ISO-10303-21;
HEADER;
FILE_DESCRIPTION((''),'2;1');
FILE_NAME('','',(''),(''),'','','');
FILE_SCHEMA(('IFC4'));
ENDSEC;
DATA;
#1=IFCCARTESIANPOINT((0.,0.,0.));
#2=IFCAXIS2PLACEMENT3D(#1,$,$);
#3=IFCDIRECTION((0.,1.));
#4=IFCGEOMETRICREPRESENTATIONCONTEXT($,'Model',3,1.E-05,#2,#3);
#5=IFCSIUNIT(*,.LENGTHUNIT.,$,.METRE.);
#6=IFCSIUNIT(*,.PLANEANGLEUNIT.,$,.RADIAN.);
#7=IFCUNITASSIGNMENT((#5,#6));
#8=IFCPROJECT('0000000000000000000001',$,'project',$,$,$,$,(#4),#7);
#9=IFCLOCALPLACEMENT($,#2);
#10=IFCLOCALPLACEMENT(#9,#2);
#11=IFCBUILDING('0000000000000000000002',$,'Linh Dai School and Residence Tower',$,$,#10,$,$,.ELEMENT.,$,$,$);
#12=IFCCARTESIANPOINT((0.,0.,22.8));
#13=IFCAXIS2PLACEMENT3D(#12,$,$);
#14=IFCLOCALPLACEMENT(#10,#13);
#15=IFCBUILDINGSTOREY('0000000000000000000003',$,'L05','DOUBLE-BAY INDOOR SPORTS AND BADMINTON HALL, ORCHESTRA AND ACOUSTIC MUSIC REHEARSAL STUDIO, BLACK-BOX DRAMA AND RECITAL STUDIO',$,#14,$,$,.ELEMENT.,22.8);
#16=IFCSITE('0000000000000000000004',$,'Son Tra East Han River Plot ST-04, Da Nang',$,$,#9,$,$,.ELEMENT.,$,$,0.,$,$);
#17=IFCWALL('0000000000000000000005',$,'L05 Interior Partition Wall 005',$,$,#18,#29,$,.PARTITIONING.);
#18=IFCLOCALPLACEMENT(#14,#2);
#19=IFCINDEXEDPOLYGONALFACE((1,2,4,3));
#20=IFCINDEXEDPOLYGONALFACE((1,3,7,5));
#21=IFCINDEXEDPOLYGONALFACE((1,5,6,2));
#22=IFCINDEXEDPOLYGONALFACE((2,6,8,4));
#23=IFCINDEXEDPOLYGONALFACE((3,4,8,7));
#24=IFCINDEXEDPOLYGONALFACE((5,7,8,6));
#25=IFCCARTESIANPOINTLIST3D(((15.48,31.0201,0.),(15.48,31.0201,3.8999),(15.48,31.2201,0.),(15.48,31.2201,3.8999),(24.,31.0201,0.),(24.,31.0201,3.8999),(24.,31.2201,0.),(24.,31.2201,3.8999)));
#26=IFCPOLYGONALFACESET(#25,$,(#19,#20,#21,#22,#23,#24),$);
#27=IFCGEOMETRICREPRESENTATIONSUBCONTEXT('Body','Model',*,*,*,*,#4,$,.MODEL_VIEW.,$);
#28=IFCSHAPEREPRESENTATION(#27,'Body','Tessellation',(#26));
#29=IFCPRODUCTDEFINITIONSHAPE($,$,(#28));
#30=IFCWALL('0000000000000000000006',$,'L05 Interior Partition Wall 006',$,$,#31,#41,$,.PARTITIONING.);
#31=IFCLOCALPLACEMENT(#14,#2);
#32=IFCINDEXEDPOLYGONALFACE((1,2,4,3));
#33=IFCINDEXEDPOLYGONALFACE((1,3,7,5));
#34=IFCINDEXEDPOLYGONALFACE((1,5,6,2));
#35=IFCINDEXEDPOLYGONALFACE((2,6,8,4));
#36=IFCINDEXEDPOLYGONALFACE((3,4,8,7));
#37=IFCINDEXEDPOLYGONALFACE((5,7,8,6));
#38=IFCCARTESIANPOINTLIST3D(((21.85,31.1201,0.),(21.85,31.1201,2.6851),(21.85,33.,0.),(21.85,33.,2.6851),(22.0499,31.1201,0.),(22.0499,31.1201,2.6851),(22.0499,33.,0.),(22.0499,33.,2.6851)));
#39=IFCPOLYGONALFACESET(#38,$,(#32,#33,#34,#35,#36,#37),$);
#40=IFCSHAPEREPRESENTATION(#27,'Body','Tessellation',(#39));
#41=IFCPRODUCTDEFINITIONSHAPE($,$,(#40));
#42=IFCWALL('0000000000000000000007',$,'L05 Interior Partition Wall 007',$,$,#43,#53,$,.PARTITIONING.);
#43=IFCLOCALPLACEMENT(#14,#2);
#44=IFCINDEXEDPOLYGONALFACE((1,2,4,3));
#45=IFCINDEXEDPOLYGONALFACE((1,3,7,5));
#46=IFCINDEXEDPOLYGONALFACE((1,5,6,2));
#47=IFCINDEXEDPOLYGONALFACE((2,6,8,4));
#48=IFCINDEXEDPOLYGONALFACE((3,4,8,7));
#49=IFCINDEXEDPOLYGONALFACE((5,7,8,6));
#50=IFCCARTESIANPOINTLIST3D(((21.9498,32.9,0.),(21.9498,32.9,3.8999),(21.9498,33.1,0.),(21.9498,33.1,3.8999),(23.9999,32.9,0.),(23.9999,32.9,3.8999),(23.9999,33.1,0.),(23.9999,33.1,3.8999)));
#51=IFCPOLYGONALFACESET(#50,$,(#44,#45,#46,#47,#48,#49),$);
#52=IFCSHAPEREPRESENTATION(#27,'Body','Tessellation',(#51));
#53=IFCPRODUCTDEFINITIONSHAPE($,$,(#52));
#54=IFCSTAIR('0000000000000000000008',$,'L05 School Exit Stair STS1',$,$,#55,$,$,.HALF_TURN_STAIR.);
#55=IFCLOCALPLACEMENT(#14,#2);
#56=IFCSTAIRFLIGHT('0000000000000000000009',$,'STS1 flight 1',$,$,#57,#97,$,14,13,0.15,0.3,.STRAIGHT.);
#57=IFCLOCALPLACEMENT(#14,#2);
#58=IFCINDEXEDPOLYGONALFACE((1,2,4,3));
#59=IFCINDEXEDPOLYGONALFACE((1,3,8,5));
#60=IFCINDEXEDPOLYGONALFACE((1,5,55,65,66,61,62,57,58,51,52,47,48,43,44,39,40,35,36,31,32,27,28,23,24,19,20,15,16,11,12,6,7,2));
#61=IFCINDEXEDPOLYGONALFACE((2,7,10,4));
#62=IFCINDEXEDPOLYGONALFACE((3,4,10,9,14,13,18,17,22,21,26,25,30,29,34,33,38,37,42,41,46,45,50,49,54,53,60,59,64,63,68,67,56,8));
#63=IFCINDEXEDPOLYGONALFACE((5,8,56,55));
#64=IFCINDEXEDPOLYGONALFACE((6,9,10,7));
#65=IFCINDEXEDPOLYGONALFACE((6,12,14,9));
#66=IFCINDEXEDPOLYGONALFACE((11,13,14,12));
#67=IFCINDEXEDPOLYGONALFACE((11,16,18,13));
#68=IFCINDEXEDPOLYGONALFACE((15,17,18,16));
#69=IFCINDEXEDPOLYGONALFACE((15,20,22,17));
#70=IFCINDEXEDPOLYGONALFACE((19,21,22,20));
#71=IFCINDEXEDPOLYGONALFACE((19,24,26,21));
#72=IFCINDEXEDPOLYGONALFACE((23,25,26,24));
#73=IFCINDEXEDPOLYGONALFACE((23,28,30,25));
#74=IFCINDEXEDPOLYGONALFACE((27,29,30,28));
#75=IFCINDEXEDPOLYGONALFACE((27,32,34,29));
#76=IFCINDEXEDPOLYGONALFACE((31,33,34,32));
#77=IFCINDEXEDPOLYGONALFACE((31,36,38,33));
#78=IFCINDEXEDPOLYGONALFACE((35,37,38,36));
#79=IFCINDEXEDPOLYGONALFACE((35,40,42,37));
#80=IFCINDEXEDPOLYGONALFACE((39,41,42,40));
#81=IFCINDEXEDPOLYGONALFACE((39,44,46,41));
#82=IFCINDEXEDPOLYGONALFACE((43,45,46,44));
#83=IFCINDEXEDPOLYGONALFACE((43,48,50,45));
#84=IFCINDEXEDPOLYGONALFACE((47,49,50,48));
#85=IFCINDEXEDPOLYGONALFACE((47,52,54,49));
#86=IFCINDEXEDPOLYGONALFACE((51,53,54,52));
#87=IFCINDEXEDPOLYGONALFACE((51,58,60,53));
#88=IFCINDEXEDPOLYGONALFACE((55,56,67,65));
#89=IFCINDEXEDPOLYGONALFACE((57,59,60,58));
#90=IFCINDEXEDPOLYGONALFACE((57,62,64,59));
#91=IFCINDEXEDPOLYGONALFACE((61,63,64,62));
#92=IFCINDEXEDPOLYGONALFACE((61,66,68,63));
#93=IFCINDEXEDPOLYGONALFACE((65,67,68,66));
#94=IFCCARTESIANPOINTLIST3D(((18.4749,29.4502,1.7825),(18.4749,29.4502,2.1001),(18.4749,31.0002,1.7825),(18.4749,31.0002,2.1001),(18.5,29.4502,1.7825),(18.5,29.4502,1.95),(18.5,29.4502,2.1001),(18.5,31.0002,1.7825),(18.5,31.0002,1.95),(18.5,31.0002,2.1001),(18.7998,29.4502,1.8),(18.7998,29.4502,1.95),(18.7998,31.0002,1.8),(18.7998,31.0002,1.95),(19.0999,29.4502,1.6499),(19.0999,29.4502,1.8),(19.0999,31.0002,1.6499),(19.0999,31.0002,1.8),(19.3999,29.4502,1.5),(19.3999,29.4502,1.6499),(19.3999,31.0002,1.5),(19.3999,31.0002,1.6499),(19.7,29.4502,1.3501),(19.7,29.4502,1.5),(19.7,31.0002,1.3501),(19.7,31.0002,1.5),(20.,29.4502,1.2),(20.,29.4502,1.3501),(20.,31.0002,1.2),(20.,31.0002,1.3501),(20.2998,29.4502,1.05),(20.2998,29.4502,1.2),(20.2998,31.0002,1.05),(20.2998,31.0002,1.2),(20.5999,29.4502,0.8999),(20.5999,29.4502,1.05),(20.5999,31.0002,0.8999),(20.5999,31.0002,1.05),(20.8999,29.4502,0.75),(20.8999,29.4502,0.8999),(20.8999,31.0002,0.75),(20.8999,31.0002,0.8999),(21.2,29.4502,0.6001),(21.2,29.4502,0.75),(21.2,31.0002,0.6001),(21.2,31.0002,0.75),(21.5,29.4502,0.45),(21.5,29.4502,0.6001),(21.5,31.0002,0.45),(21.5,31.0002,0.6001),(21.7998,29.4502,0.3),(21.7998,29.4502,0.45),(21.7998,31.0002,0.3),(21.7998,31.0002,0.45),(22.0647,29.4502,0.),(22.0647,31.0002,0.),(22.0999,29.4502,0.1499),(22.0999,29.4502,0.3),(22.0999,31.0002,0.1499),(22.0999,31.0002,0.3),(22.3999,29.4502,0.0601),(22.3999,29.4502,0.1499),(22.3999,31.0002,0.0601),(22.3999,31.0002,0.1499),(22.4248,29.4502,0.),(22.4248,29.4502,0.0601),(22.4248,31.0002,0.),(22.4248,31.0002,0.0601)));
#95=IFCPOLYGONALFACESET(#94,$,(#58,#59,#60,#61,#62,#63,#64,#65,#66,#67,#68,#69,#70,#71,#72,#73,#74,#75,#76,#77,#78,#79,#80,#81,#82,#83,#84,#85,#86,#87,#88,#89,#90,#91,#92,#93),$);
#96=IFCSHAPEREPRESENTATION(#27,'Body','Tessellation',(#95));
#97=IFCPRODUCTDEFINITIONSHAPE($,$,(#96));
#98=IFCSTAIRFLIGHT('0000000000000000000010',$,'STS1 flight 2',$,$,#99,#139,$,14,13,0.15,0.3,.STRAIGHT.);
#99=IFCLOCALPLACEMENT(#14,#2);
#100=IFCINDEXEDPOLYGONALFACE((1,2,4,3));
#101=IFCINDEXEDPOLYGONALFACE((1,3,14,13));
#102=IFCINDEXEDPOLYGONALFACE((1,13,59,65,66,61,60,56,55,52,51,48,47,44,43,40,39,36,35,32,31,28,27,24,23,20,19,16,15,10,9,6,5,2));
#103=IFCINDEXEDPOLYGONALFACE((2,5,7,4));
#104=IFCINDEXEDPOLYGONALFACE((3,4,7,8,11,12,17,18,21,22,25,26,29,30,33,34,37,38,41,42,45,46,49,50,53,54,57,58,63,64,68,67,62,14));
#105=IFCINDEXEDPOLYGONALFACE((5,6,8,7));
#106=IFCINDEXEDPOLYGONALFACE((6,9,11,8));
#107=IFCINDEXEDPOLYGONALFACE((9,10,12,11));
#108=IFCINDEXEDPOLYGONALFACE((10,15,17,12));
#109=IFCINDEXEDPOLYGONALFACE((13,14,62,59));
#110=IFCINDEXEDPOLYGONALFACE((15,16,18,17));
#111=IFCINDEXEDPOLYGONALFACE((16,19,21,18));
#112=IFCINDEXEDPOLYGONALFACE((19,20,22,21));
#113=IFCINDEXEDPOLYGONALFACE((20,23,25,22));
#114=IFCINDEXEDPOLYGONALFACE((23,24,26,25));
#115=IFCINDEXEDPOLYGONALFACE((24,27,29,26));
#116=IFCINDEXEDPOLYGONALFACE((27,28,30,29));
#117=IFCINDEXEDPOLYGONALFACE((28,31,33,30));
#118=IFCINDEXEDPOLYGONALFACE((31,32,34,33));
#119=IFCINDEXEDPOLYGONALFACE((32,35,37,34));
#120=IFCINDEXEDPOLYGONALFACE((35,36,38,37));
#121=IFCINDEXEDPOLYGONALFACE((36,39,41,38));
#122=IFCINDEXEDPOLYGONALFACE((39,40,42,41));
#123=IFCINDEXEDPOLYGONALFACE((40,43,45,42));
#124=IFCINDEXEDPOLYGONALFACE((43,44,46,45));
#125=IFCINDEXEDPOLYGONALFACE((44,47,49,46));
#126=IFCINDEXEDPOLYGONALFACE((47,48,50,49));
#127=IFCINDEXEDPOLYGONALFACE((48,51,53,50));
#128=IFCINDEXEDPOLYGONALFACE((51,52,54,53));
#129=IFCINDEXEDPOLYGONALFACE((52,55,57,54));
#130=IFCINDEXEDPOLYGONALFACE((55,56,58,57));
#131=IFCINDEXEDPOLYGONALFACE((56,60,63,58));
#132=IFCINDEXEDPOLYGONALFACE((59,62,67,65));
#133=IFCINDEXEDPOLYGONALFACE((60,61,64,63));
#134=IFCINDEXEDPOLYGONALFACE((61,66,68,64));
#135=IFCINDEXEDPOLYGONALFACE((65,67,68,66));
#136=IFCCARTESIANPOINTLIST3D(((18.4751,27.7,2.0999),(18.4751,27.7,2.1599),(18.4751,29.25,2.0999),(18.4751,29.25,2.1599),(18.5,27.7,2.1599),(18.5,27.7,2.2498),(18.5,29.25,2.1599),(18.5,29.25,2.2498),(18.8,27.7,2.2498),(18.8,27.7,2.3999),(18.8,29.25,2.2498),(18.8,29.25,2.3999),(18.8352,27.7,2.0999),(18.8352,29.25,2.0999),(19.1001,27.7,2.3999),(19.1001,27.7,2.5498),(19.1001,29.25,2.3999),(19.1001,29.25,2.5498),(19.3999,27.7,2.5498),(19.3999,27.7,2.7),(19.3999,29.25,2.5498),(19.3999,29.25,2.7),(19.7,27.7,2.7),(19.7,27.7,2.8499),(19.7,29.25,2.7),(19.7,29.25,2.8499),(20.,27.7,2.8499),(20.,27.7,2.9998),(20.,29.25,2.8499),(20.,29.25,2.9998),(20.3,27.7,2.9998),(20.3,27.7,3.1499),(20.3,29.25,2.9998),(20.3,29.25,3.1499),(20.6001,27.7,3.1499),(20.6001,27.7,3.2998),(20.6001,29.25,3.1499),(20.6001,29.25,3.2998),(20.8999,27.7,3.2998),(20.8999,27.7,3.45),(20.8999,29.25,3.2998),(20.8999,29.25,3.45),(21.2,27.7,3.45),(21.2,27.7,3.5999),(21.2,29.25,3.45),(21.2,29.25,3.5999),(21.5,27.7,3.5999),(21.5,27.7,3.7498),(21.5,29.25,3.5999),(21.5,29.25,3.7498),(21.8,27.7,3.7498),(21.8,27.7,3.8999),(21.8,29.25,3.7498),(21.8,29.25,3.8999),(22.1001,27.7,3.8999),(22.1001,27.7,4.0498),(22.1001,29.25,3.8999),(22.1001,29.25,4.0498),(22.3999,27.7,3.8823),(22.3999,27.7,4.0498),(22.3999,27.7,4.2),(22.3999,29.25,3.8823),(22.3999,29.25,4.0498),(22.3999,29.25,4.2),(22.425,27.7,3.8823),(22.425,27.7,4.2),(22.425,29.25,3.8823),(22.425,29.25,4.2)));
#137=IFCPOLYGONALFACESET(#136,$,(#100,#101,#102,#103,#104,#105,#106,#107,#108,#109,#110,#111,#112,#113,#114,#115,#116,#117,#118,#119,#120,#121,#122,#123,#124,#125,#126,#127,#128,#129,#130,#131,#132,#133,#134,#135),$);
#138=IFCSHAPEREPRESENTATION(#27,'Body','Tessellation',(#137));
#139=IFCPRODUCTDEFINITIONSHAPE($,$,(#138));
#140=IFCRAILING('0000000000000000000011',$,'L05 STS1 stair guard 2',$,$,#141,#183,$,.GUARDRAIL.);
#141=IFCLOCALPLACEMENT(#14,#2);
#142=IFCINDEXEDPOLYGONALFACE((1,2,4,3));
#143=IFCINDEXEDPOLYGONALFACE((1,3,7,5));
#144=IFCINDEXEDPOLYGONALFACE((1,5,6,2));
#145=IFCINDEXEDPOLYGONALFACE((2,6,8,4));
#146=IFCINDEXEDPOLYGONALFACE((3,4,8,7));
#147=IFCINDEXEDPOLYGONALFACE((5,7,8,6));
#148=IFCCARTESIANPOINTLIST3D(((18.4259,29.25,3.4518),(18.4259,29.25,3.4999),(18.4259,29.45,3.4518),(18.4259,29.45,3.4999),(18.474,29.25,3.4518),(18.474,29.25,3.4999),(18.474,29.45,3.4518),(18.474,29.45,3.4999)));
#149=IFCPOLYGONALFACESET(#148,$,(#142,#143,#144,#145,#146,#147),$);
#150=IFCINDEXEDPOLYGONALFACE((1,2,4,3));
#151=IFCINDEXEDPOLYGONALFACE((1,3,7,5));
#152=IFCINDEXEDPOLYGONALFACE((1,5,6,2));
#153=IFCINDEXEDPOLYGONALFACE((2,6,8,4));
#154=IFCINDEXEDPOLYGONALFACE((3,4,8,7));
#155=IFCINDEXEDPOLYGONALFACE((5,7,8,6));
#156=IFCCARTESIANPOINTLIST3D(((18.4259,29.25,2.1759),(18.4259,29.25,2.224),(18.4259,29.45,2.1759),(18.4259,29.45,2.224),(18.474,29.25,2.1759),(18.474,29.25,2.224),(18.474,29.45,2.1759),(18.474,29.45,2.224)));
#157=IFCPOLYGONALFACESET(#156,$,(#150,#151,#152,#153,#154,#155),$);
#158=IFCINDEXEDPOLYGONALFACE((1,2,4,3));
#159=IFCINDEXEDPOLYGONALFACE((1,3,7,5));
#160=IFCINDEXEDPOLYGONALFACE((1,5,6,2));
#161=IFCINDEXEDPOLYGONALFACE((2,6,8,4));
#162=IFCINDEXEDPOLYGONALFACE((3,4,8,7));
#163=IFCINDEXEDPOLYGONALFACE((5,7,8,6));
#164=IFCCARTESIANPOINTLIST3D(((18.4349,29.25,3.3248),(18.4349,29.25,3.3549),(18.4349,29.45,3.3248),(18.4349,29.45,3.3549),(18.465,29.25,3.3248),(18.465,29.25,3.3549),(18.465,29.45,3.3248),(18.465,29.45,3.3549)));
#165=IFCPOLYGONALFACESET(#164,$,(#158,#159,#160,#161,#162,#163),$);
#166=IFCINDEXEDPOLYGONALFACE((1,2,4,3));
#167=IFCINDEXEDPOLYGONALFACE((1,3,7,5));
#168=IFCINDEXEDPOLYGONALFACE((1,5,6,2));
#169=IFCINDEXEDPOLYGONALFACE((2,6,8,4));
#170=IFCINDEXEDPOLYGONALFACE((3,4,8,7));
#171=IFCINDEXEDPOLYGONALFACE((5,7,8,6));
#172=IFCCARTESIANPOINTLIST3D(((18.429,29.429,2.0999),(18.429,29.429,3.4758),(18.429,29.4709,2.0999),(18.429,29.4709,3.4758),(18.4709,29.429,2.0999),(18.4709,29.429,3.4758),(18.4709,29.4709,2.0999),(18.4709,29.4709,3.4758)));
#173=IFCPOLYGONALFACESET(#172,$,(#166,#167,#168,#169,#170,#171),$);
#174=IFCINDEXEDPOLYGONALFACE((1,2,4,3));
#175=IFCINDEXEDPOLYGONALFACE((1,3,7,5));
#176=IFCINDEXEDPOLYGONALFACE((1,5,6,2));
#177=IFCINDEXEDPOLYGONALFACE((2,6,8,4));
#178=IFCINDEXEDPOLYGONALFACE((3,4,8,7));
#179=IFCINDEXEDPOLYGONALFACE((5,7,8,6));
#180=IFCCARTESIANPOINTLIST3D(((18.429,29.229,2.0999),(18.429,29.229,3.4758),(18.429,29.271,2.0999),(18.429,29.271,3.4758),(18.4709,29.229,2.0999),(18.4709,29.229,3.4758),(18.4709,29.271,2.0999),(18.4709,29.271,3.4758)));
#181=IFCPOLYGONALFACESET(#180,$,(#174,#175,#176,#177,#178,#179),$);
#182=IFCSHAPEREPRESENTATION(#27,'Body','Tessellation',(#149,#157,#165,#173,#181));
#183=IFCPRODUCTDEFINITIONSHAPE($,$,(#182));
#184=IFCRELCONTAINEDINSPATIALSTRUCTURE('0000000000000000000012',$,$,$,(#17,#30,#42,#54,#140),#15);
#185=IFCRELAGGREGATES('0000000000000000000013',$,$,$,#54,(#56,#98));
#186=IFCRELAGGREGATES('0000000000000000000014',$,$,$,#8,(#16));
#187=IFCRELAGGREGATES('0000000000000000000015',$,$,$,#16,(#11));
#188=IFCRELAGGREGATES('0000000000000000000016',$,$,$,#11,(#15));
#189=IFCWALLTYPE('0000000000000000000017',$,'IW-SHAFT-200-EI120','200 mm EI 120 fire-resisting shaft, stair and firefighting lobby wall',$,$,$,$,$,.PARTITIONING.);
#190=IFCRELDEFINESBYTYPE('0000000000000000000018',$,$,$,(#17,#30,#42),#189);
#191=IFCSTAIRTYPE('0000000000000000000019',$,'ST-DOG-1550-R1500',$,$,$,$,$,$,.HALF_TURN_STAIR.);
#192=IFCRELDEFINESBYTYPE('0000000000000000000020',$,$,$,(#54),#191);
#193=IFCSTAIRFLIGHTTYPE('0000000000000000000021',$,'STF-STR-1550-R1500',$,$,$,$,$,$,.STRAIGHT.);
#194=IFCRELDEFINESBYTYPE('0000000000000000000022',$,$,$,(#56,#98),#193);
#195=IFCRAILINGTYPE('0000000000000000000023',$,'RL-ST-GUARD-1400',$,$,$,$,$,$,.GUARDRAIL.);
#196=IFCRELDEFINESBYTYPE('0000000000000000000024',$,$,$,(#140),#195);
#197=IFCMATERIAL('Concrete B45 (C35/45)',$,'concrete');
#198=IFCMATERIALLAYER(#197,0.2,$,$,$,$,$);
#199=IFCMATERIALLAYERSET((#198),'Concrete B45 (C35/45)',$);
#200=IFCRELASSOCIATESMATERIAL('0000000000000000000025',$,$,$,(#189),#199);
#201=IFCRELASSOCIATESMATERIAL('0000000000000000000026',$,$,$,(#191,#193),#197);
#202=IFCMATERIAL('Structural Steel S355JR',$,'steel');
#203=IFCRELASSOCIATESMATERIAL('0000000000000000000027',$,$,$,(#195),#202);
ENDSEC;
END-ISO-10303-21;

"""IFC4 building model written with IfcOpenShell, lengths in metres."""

from ifc_helpers import new_model, si_unit, direction, frame, frame_2d, origin, origin_2d, place, context, subcontext, project, spatial, polyline, rectangle, outline, extrude, source, transform, mapped, material, layer, layer_set, type_object, element, aggregate, save


model = new_model("IFC4")

# Units and contexts
model_context = context("Model", 3, precision=1e-05, world=origin(), true_north=direction((0.0, 1.0)))
body_context = subcontext(model_context, "Body", "Model", "MODEL_VIEW")
ifc_project = project(units=[si_unit("LENGTHUNIT", "METRE"), si_unit("PLANEANGLEUNIT", "RADIAN")], contexts=[model_context])

# Site, building, storey
site_placement = place(None, origin())
site = spatial("IfcSite", under=ifc_project, at=site_placement, Name="Son Tra East Han River Plot ST-04, Da Nang", CompositionType="ELEMENT", RefElevation=0.0)
building_placement = place(site_placement, origin())
building = spatial("IfcBuilding", under=site, at=building_placement, Name="Linh Dai School and Residence Tower", CompositionType="ELEMENT")
storey_placement = place(building_placement, frame((0.0, 0.0, 22.8)))
storey = spatial("IfcBuildingStorey", under=building, at=storey_placement, Name="L05", Description="DOUBLE-BAY INDOOR SPORTS AND BADMINTON HALL, ORCHESTRA AND ACOUSTIC MUSIC REHEARSAL STUDIO, BLACK-BOX DRAMA AND RECITAL STUDIO", CompositionType="ELEMENT", Elevation=22.8)

# Shared definitions
ifc_material_1 = material(Name="Structural Steel S355JR", Category="steel")

# Walls
ifc_material_2 = material(Name="Concrete B45 (C35/45)", Category="concrete")
ifc_layer_1 = layer(ifc_material_2, 0.2)
ifc_layer_set_1 = layer_set([ifc_layer_1], Name="Concrete B45 (C35/45)")
wall_type_1 = type_object("IfcWallType", Name="IW-SHAFT-200-EI120", Description="200 mm EI 120 fire-resisting shaft, stair and firefighting lobby wall", PredefinedType="PARTITIONING", material=ifc_layer_set_1)
wall_1_placement = place(storey_placement, frame((15.48, 31.1201, 0.0), z_axis=(0.0, 0.0, 1.0), x_axis=(1.0, 0.0, 0.0)))
element("IfcWall", 1, at=wall_1_placement, inside=storey, type_object=wall_type_1, Name="L05 Interior Partition Wall 005", PredefinedType="PARTITIONING", context=body_context, shape_type="SweptSolid", body=[
    extrude(rectangle(XDim=8.52, YDim=0.2, at=frame_2d((4.26, 0.0))), origin(), (0.0, 0.0, 1.0), 3.8999),
])
wall_2_placement = place(storey_placement, frame((21.95, 31.1201, 0.0), z_axis=(0.0, 0.0, 1.0), x_axis=(0.0, 1.0, 0.0)))
element("IfcWall", 2, at=wall_2_placement, inside=storey, type_object=wall_type_1, Name="L05 Interior Partition Wall 006", PredefinedType="PARTITIONING", context=body_context, shape_type="SweptSolid", body=[
    extrude(rectangle(XDim=1.8799, YDim=0.2, at=frame_2d((0.9399, 0.0))), origin(), (0.0, 0.0, 1.0), 2.6851),
])
wall_3_placement = place(storey_placement, frame((21.95, 33.0, 0.0), z_axis=(0.0, 0.0, 1.0), x_axis=(1.0, 0.0, 0.0)))
element("IfcWall", 3, at=wall_3_placement, inside=storey, type_object=wall_type_1, Name="L05 Interior Partition Wall 007", PredefinedType="PARTITIONING", context=body_context, shape_type="SweptSolid", body=[
    extrude(rectangle(XDim=2.05, YDim=0.2, at=frame_2d((1.0249, 0.0))), origin(), (0.0, 0.0, 1.0), 3.8999),
])

# Stair, stair flights
stair_type = type_object("IfcStairType", Name="ST-DOG-1550-R1500", PredefinedType="HALF_TURN_STAIR", material=ifc_material_2)
stair_placement = place(storey_placement, origin())
stair = element("IfcStair", 4, at=stair_placement, inside=storey, type_object=stair_type, Name="L05 School Exit Stair STS1", PredefinedType="HALF_TURN_STAIR")
stair_flight_type = type_object("IfcStairFlightType", Name="STF-STR-1550-R1500", PredefinedType="STRAIGHT", material=ifc_material_2)
shared_shape_1 = source(origin(), body_context, "Body", "SweptSolid", [
    extrude(outline(polyline([(-0.0249, 0.0), (-0.0249, 0.0601), (0.0, 0.0601), (0.0, 0.1499), (0.3, 0.1499), (0.3, 0.3), (0.6001, 0.3), (0.6001, 0.45), (0.8999, 0.45), (0.8999, 0.6001), (1.2, 0.6001), (1.2, 0.75), (1.5, 0.75), (1.5, 0.8999), (1.8, 0.8999), (1.8, 1.05), (2.1001, 1.05), (2.1001, 1.2), (2.3999, 1.2), (2.3999, 1.3501), (2.7, 1.3501), (2.7, 1.5), (3.0, 1.5), (3.0, 1.6499), (3.3, 1.6499), (3.3, 1.8), (3.6001, 1.8), (3.6001, 1.95), (3.8999, 1.95), (3.8999, 2.1001), (3.925, 2.1001), (3.925, 1.7825), (3.8999, 1.7825), (0.3352, 0.0), (-0.0249, 0.0)])), frame((0.0, 0.7749, 0.0), z_axis=(0.0, -1.0, 0.0), x_axis=(1.0, 0.0, 0.0)), (0.0, 0.0, 1.0), 1.55),
])
stair_flight_1_placement = place(storey_placement, frame((22.3999, 30.2251, 0.0), z_axis=(0.0, 0.0, 1.0), x_axis=(-1.0, 0.0, 0.0)))
stair_flight_1 = element("IfcStairFlight", 5, at=stair_flight_1_placement, type_object=stair_flight_type, Name="STS1 flight 1", NumberOfRisers=14, NumberOfTreads=13, PredefinedType="STRAIGHT", RiserHeight=0.15, TreadLength=0.3, context=body_context, shape_type="MappedRepresentation", body=[
    mapped(shared_shape_1, transform((0.0, 0.0, 0.0), x_axis=(1.0, 0.0, 0.0), y_axis=(0.0, 1.0, 0.0), z_axis=(0.0, 0.0, 1.0), scale=1.0)),
])
stair_flight_2_placement = place(storey_placement, frame((18.5, 28.4751, 2.0999), z_axis=(0.0, 0.0, 1.0), x_axis=(1.0, 0.0, 0.0)))
stair_flight_2 = element("IfcStairFlight", 6, at=stair_flight_2_placement, type_object=stair_flight_type, Name="STS1 flight 2", NumberOfRisers=14, NumberOfTreads=13, PredefinedType="STRAIGHT", RiserHeight=0.15, TreadLength=0.3, context=body_context, shape_type="MappedRepresentation", body=[
    mapped(shared_shape_1, transform((0.0, 0.0, 0.0), x_axis=(1.0, 0.0, 0.0), y_axis=(0.0, 1.0, 0.0), z_axis=(0.0, 0.0, 1.0), scale=1.0)),
])
aggregate(stair, [stair_flight_1, stair_flight_2])

# Railing
railing_type_1 = type_object("IfcRailingType", Name="RL-ST-GUARD-1400", PredefinedType="GUARDRAIL", material=ifc_material_1)
shared_shape_2 = source(origin(), body_context, "Body", "SweptSolid", [
    extrude(rectangle(XDim=0.0481, YDim=0.0481, at=origin_2d()), frame((0.0, 0.0, 1.376), z_axis=(0.0, -1.0, 0.0), x_axis=(1.0, 0.0, 0.0)), (0.0, 0.0, 1.0), 0.2),
    extrude(rectangle(XDim=0.0481, YDim=0.0481, at=origin_2d()), frame((0.0, 0.0, 0.1001), z_axis=(0.0, -1.0, 0.0), x_axis=(1.0, 0.0, 0.0)), (0.0, 0.0, 1.0), 0.2),
    extrude(rectangle(XDim=0.03, YDim=0.03, at=origin_2d()), frame((0.0, 0.0, 1.24), z_axis=(0.0, -1.0, 0.0), x_axis=(1.0, 0.0, 0.0)), (0.0, 0.0, 1.0), 0.2),
    extrude(rectangle(XDim=0.042, YDim=0.042, at=origin_2d()), origin(), (0.0, 0.0, 1.0), 1.376),
    extrude(rectangle(XDim=0.042, YDim=0.042, at=origin_2d()), frame((0.0, -0.2, 0.0)), (0.0, 0.0, 1.0), 1.376),
])
for number, where, name in (
    (7, (18.45, 29.45, 2.0999), "L05 STS1 stair guard 2"),
):
    element("IfcRailing", number, at=place(storey_placement, frame(where)), inside=storey, type_object=railing_type_1, Name=name, PredefinedType="GUARDRAIL", context=body_context, shape_type="MappedRepresentation", body=[
        mapped(shared_shape_2, transform((0.0, 0.0, 0.0), x_axis=(1.0, 0.0, 0.0), y_axis=(0.0, 1.0, 0.0), z_axis=(0.0, 0.0, 1.0), scale=1.0)),
    ])

save(model, "model.ifc")
